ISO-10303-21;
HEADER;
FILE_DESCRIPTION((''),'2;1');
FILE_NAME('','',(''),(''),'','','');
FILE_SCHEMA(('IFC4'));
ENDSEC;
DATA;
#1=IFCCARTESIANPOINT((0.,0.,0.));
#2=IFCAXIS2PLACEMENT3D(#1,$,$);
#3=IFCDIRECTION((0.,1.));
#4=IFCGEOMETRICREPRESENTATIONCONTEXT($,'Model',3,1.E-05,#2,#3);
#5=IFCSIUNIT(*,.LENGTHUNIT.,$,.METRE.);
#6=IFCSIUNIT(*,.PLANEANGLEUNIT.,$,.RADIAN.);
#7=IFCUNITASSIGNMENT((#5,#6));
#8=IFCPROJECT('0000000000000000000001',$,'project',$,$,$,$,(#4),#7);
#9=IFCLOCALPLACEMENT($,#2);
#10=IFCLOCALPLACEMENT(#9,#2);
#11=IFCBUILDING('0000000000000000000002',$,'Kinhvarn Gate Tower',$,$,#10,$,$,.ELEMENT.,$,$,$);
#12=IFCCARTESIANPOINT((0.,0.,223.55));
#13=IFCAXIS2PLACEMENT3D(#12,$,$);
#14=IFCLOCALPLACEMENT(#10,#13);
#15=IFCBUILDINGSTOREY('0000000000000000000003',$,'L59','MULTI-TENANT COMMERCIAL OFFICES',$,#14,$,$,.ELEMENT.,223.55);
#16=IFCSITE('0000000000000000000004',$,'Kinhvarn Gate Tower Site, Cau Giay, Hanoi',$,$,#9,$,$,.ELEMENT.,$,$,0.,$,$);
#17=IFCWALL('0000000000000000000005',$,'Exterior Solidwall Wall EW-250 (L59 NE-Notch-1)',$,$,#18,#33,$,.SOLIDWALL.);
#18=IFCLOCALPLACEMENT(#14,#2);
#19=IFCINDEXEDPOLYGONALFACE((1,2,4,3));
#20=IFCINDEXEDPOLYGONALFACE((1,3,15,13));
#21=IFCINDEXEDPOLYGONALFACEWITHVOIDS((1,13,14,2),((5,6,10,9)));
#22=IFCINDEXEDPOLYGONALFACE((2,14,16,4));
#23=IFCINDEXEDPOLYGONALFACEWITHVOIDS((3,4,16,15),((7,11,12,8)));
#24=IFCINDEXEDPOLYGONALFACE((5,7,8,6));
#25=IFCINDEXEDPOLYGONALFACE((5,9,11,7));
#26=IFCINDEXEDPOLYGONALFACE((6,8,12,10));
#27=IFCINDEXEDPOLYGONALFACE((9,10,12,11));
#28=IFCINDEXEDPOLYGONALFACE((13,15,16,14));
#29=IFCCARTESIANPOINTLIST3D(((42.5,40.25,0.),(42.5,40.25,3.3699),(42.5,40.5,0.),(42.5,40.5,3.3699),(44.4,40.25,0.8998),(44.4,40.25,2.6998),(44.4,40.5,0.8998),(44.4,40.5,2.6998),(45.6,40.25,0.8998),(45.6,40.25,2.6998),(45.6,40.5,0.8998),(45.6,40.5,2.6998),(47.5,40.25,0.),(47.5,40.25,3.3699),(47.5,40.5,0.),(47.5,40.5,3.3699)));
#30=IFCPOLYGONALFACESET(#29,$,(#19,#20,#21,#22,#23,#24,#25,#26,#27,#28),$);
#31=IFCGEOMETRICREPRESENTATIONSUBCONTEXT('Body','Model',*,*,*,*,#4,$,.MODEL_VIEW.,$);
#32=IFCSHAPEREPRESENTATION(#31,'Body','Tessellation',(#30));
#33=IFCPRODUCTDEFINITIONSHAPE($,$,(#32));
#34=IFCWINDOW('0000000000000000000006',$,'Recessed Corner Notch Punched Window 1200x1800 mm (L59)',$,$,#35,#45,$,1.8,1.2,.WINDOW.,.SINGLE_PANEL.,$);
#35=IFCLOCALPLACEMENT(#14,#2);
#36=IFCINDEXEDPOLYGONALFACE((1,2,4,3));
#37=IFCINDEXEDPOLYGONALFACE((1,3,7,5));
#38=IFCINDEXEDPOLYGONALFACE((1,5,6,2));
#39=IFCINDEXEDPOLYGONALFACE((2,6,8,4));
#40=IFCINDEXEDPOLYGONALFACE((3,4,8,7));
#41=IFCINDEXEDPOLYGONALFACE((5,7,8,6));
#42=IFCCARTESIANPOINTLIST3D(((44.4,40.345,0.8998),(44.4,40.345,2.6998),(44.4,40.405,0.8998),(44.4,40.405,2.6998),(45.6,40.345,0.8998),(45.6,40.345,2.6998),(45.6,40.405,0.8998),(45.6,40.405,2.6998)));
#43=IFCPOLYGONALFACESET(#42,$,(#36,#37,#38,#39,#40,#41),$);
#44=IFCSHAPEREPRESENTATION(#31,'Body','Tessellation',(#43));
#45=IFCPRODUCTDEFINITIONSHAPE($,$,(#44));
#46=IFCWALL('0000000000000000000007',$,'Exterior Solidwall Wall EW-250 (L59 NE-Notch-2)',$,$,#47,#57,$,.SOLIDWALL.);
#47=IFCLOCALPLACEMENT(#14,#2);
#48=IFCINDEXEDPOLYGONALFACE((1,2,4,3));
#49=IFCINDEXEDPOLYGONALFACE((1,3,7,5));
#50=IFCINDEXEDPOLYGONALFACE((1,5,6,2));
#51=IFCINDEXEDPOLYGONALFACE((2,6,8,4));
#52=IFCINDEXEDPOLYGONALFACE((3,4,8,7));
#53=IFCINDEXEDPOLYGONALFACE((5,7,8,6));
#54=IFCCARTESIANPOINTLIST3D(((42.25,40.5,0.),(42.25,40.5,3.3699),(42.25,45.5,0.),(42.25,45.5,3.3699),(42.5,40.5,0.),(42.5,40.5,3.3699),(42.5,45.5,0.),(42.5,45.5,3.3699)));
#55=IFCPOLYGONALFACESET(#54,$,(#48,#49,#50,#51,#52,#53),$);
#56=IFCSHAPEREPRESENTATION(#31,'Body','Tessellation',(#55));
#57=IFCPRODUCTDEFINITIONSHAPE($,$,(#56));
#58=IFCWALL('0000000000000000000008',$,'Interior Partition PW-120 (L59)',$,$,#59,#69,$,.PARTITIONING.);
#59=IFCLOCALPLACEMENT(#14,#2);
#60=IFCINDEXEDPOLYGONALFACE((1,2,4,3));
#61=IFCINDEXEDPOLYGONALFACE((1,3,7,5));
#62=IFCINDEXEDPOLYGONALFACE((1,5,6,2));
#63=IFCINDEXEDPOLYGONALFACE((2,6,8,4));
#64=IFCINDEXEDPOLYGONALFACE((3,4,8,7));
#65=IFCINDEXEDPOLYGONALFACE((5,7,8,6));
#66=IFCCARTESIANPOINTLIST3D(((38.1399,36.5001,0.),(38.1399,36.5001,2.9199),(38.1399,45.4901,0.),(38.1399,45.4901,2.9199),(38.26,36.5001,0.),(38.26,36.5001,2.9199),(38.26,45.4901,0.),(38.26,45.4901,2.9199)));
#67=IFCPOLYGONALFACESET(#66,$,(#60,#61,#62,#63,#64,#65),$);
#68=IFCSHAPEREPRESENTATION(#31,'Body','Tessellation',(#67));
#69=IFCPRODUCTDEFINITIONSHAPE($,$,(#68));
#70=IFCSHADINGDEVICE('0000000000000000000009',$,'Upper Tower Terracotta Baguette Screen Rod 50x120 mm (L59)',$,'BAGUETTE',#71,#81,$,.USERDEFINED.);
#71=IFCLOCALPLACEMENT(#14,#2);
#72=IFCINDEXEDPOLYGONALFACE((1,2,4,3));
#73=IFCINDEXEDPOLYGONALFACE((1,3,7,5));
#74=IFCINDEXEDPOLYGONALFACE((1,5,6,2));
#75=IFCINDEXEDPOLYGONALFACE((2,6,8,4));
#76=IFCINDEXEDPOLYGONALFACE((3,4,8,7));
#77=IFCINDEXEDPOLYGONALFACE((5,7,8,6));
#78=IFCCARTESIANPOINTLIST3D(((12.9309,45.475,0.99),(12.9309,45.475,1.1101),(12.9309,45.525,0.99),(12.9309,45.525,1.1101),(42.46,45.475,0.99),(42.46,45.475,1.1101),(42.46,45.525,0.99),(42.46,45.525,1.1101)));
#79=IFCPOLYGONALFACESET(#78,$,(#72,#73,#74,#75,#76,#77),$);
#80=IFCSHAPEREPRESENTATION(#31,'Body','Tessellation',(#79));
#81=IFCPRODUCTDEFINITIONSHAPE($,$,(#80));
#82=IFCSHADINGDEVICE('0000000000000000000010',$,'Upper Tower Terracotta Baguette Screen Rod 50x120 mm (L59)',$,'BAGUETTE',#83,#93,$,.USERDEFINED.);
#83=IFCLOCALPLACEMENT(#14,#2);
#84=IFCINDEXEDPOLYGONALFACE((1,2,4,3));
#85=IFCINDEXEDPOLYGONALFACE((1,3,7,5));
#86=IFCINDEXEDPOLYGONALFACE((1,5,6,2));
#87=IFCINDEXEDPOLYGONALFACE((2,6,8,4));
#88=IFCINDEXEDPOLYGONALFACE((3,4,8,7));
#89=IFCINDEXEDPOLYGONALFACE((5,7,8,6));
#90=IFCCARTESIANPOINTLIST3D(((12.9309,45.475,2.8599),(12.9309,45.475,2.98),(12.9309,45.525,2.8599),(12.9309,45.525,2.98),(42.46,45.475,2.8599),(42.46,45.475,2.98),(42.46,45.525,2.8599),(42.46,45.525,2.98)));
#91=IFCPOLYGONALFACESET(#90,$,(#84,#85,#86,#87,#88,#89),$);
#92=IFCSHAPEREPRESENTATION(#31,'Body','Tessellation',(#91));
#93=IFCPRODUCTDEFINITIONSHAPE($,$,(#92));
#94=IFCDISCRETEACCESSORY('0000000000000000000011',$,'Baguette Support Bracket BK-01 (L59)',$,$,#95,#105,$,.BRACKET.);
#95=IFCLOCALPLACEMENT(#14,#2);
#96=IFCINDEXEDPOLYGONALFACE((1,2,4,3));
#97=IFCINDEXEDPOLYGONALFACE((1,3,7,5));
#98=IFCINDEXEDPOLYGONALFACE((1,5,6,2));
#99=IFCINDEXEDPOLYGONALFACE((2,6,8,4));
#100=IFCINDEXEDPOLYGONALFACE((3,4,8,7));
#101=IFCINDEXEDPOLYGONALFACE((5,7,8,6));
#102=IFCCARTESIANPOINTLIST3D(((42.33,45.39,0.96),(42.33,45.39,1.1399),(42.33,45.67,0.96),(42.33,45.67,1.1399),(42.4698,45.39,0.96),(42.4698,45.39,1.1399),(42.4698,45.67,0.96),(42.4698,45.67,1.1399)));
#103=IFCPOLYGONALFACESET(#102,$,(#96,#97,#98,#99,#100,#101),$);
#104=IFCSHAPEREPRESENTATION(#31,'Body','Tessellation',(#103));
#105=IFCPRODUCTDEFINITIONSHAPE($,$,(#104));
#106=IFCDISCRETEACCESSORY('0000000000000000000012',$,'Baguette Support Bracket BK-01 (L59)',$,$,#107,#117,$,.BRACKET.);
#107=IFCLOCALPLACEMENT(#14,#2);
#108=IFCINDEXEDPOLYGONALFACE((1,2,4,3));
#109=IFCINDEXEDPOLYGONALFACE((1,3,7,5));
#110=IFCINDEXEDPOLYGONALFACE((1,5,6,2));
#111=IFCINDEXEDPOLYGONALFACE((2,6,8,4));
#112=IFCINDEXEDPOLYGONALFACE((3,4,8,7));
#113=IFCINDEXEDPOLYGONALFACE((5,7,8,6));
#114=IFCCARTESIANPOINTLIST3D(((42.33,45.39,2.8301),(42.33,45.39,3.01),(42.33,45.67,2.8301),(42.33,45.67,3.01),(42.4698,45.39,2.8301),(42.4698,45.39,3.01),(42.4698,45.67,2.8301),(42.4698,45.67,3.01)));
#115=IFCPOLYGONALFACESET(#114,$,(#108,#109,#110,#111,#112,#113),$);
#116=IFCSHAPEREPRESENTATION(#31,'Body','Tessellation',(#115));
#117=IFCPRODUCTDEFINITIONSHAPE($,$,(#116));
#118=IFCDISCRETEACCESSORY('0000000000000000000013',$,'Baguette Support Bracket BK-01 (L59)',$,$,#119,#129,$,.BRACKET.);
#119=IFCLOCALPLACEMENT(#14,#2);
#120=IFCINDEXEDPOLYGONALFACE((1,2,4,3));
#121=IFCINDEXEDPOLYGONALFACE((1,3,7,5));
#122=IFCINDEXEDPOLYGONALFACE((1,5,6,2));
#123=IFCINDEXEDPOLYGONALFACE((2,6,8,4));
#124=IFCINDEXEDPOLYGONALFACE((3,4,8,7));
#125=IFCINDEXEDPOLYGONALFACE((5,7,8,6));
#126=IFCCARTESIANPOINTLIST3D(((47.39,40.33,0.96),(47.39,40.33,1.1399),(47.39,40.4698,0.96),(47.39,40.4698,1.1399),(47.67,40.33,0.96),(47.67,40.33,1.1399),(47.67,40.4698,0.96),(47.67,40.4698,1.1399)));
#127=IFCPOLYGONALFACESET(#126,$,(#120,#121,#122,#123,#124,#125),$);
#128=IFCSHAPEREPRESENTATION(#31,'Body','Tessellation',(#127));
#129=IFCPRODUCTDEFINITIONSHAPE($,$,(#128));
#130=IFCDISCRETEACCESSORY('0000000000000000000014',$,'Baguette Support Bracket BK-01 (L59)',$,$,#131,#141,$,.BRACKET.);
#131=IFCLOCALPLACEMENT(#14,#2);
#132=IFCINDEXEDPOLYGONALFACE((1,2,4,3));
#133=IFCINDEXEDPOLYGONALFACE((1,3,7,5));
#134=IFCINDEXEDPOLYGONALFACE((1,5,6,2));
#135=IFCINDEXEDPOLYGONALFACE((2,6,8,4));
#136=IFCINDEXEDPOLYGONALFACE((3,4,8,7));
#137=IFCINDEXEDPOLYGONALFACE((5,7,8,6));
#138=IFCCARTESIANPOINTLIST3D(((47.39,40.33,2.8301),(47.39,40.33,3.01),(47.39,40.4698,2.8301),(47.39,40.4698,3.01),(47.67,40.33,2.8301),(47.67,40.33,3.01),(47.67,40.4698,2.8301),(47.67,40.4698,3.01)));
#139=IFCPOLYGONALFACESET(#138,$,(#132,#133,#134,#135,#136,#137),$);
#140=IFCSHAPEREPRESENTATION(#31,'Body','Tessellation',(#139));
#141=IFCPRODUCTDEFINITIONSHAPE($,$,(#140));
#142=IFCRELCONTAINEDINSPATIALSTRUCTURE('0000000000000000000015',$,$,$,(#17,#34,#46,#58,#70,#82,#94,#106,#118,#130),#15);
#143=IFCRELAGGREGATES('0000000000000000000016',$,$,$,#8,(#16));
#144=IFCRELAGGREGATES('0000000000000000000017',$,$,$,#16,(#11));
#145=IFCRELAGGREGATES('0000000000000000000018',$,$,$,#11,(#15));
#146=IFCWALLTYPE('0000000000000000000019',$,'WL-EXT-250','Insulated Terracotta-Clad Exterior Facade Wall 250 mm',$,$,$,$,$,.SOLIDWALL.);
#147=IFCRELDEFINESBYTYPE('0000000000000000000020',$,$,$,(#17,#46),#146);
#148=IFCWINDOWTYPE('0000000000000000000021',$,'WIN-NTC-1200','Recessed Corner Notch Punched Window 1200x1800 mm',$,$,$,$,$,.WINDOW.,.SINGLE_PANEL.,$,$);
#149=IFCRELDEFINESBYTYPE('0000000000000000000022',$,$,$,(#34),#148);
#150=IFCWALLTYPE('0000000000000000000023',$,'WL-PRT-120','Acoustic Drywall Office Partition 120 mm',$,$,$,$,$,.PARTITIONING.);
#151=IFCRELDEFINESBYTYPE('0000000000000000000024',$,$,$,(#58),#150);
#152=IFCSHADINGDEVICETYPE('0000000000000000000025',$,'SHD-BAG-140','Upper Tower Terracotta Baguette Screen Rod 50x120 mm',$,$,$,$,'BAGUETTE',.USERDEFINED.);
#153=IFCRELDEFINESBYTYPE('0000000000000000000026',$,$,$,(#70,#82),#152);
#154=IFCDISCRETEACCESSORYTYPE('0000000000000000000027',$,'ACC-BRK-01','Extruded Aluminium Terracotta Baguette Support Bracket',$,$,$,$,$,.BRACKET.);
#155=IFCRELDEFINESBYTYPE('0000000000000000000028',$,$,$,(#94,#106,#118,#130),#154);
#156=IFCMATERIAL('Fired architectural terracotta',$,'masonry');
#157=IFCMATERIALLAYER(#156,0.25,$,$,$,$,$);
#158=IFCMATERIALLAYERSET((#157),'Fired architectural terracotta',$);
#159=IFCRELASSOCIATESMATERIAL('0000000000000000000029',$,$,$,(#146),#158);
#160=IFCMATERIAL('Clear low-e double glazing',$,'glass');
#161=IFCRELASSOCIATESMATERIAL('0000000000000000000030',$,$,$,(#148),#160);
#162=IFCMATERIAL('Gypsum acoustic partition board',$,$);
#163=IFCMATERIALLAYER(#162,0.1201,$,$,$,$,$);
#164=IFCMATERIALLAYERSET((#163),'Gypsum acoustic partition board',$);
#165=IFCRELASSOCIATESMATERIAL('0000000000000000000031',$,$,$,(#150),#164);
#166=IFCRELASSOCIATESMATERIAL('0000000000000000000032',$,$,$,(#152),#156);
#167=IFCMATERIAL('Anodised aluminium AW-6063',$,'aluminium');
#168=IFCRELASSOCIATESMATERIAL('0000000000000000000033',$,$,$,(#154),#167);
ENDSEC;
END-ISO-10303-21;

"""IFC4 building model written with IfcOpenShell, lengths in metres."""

from ifc_helpers import new_model, si_unit, direction, frame, frame_2d, origin, origin_2d, place, context, subcontext, project, spatial, rectangle, extrude, material, layer, layer_set, material_profile, profile_set, type_object, element, fill, save


model = new_model("IFC4")

# Units and contexts
model_context = context("Model", 3, precision=1e-05, world=origin(), true_north=direction((0.0, 1.0)))
body_context = subcontext(model_context, "Body", "Model", "MODEL_VIEW")
ifc_project = project(units=[si_unit("LENGTHUNIT", "METRE"), si_unit("PLANEANGLEUNIT", "RADIAN")], contexts=[model_context])

# Site, building, storey
site_placement = place(None, origin())
site = spatial("IfcSite", under=ifc_project, at=site_placement, Name="Kinhvarn Gate Tower Site, Cau Giay, Hanoi", CompositionType="ELEMENT", RefElevation=0.0)
building_placement = place(site_placement, origin())
building = spatial("IfcBuilding", under=site, at=building_placement, Name="Kinhvarn Gate Tower", CompositionType="ELEMENT")
storey_placement = place(building_placement, frame((0.0, 0.0, 223.55)))
storey = spatial("IfcBuildingStorey", under=building, at=storey_placement, Name="L59", Description="MULTI-TENANT COMMERCIAL OFFICES", CompositionType="ELEMENT", Elevation=223.55)

# Shared definitions
ifc_material_1 = material(Name="Anodised aluminium AW-6063", Category="aluminium")

# Shared definitions
ifc_material_2 = material(Name="Clear low-e double glazing", Category="glass")

# Wall, opening, window
ifc_material_3 = material(Name="Fired architectural terracotta", Category="masonry")
ifc_layer_1 = layer(ifc_material_3, 0.25)
ifc_layer_set_1 = layer_set([ifc_layer_1], Name="Fired architectural terracotta")
wall_type_1 = type_object("IfcWallType", Name="WL-EXT-250", Description="Insulated Terracotta-Clad Exterior Facade Wall 250 mm", PredefinedType="SOLIDWALL", material=ifc_layer_set_1)
wall_1_placement = place(storey_placement, frame((47.5, 40.375, 0.0), z_axis=(0.0, 0.0, 1.0), x_axis=(-1.0, 0.0, 0.0)))
wall_1 = element("IfcWall", 1, at=wall_1_placement, inside=storey, type_object=wall_type_1, Name="Exterior Solidwall Wall EW-250 (L59 NE-Notch-1)", PredefinedType="SOLIDWALL", context=body_context, shape_type="SweptSolid", body=[
    extrude(rectangle(XDim=5.0, YDim=0.25, at=frame_2d((2.5, 0.0))), origin(), (0.0, 0.0, 1.0), 3.3699),
])
opening_placement = place(wall_1_placement, frame((1.8999, 0.0, 0.8999)))
opening = element("IfcOpeningElement", 2, at=opening_placement, cuts=wall_1, PredefinedType="OPENING", context=body_context, shape_type="SweptSolid", body=[
    extrude(rectangle(XDim=1.2, YDim=1.8, at=frame_2d((0.6001, 0.8999))), frame((0.0, 0.135, 0.0), z_axis=(0.0, -1.0, 0.0), x_axis=(1.0, 0.0, 0.0)), (0.0, 0.0, 1.0), 0.27),
])
window_type = type_object("IfcWindowType", Name="WIN-NTC-1200", Description="Recessed Corner Notch Punched Window 1200x1800 mm", PartitioningType="SINGLE_PANEL", PredefinedType="WINDOW", material=ifc_material_2)
window_placement = place(opening_placement, origin())
window = element("IfcWindow", 3, at=window_placement, inside=storey, type_object=window_type, Name="Recessed Corner Notch Punched Window 1200x1800 mm (L59)", OverallHeight=1.8, OverallWidth=1.2, PartitioningType="SINGLE_PANEL", PredefinedType="WINDOW", context=body_context, shape_type="SweptSolid", body=[
    extrude(rectangle(XDim=1.2, YDim=1.8, at=frame_2d((0.6001, 0.8999))), frame((0.0, 0.03, 0.0), z_axis=(0.0, -1.0, 0.0), x_axis=(1.0, 0.0, 0.0)), (0.0, 0.0, 1.0), 0.0601),
])
fill(opening, window)

# Walls
wall_2_placement = place(storey_placement, frame((42.375, 40.5, 0.0), z_axis=(0.0, 0.0, 1.0), x_axis=(0.0, 1.0, 0.0)))
element("IfcWall", 4, at=wall_2_placement, inside=storey, type_object=wall_type_1, Name="Exterior Solidwall Wall EW-250 (L59 NE-Notch-2)", PredefinedType="SOLIDWALL", context=body_context, shape_type="SweptSolid", body=[
    extrude(rectangle(XDim=5.0, YDim=0.25, at=frame_2d((2.5, 0.0))), origin(), (0.0, 0.0, 1.0), 3.3699),
])
ifc_material_4 = material(Name="Gypsum acoustic partition board")
ifc_layer_2 = layer(ifc_material_4, 0.1201)
ifc_layer_set_2 = layer_set([ifc_layer_2], Name="Gypsum acoustic partition board")
wall_type_2 = type_object("IfcWallType", Name="WL-PRT-120", Description="Acoustic Drywall Office Partition 120 mm", PredefinedType="PARTITIONING", material=ifc_layer_set_2)
wall_3_placement = place(storey_placement, frame((38.2, 36.5, 0.0), z_axis=(0.0, 0.0, 1.0), x_axis=(0.0, 1.0, 0.0)))
element("IfcWall", 5, at=wall_3_placement, inside=storey, type_object=wall_type_2, Name="Interior Partition PW-120 (L59)", PredefinedType="PARTITIONING", context=body_context, shape_type="SweptSolid", body=[
    extrude(rectangle(XDim=8.99, YDim=0.1201, at=frame_2d((4.4951, 0.0))), origin(), (0.0, 0.0, 1.0), 2.9199),
])

# Shading devices
ifc_material_profile_1 = material_profile(ifc_material_3, rectangle(XDim=0.05, YDim=0.1201, at=origin_2d()), Name="TC 50x120")
ifc_profile_set_1 = profile_set([ifc_material_profile_1], Name="Fired architectural terracotta")
shading_device_type = type_object("IfcShadingDeviceType", Name="SHD-BAG-140", Description="Upper Tower Terracotta Baguette Screen Rod 50x120 mm", ElementType="BAGUETTE", PredefinedType="USERDEFINED", material=ifc_profile_set_1)
for number, where, z_axis, x_axis, name in (
    (6, (42.46, 45.5, 1.05), (-1.0, 0.0, 0.0), (0.0, -1.0, 0.0), "Upper Tower Terracotta Baguette Screen Rod 50x120 mm (L59)"),
    (7, (42.46, 45.5, 2.9199), (-1.0, 0.0, 0.0), (0.0, -1.0, 0.0), "Upper Tower Terracotta Baguette Screen Rod 50x120 mm (L59)"),
):
    element("IfcShadingDevice", number, at=place(storey_placement, frame(where, z_axis=z_axis, x_axis=x_axis)), inside=storey, type_object=shading_device_type, Name=name, ObjectType="BAGUETTE", PredefinedType="USERDEFINED", context=body_context, shape_type="SweptSolid", body=[
        extrude(rectangle(XDim=0.05, YDim=0.1201, at=origin_2d()), origin(), (0.0, 0.0, 1.0), 29.5291),
    ])

# Discrete accessories
discrete_accessory_type = type_object("IfcDiscreteAccessoryType", Name="ACC-BRK-01", Description="Extruded Aluminium Terracotta Baguette Support Bracket", PredefinedType="BRACKET", material=ifc_material_1)
for number, where, z_axis, x_axis, name in (
    (8, (42.3999, 45.53, 0.96), (0.0, 0.0, 1.0), (-1.0, 0.0, 0.0), "Baguette Support Bracket BK-01 (L59)"),
    (9, (42.3999, 45.53, 2.8301), (0.0, 0.0, 1.0), (-1.0, 0.0, 0.0), "Baguette Support Bracket BK-01 (L59)"),
    (10, (47.53, 40.3999, 0.96), (0.0, 0.0, 1.0), (0.0, 1.0, 0.0), "Baguette Support Bracket BK-01 (L59)"),
    (11, (47.53, 40.3999, 2.8301), (0.0, 0.0, 1.0), (0.0, 1.0, 0.0), "Baguette Support Bracket BK-01 (L59)"),
):
    element("IfcDiscreteAccessory", number, at=place(storey_placement, frame(where, z_axis=z_axis, x_axis=x_axis)), inside=storey, type_object=discrete_accessory_type, Name=name, PredefinedType="BRACKET", context=body_context, shape_type="SweptSolid", body=[
        extrude(rectangle(XDim=0.1399, YDim=0.28, at=origin_2d()), origin(), (0.0, 0.0, 1.0), 0.1799),
    ])

save(model, "model.ifc")
